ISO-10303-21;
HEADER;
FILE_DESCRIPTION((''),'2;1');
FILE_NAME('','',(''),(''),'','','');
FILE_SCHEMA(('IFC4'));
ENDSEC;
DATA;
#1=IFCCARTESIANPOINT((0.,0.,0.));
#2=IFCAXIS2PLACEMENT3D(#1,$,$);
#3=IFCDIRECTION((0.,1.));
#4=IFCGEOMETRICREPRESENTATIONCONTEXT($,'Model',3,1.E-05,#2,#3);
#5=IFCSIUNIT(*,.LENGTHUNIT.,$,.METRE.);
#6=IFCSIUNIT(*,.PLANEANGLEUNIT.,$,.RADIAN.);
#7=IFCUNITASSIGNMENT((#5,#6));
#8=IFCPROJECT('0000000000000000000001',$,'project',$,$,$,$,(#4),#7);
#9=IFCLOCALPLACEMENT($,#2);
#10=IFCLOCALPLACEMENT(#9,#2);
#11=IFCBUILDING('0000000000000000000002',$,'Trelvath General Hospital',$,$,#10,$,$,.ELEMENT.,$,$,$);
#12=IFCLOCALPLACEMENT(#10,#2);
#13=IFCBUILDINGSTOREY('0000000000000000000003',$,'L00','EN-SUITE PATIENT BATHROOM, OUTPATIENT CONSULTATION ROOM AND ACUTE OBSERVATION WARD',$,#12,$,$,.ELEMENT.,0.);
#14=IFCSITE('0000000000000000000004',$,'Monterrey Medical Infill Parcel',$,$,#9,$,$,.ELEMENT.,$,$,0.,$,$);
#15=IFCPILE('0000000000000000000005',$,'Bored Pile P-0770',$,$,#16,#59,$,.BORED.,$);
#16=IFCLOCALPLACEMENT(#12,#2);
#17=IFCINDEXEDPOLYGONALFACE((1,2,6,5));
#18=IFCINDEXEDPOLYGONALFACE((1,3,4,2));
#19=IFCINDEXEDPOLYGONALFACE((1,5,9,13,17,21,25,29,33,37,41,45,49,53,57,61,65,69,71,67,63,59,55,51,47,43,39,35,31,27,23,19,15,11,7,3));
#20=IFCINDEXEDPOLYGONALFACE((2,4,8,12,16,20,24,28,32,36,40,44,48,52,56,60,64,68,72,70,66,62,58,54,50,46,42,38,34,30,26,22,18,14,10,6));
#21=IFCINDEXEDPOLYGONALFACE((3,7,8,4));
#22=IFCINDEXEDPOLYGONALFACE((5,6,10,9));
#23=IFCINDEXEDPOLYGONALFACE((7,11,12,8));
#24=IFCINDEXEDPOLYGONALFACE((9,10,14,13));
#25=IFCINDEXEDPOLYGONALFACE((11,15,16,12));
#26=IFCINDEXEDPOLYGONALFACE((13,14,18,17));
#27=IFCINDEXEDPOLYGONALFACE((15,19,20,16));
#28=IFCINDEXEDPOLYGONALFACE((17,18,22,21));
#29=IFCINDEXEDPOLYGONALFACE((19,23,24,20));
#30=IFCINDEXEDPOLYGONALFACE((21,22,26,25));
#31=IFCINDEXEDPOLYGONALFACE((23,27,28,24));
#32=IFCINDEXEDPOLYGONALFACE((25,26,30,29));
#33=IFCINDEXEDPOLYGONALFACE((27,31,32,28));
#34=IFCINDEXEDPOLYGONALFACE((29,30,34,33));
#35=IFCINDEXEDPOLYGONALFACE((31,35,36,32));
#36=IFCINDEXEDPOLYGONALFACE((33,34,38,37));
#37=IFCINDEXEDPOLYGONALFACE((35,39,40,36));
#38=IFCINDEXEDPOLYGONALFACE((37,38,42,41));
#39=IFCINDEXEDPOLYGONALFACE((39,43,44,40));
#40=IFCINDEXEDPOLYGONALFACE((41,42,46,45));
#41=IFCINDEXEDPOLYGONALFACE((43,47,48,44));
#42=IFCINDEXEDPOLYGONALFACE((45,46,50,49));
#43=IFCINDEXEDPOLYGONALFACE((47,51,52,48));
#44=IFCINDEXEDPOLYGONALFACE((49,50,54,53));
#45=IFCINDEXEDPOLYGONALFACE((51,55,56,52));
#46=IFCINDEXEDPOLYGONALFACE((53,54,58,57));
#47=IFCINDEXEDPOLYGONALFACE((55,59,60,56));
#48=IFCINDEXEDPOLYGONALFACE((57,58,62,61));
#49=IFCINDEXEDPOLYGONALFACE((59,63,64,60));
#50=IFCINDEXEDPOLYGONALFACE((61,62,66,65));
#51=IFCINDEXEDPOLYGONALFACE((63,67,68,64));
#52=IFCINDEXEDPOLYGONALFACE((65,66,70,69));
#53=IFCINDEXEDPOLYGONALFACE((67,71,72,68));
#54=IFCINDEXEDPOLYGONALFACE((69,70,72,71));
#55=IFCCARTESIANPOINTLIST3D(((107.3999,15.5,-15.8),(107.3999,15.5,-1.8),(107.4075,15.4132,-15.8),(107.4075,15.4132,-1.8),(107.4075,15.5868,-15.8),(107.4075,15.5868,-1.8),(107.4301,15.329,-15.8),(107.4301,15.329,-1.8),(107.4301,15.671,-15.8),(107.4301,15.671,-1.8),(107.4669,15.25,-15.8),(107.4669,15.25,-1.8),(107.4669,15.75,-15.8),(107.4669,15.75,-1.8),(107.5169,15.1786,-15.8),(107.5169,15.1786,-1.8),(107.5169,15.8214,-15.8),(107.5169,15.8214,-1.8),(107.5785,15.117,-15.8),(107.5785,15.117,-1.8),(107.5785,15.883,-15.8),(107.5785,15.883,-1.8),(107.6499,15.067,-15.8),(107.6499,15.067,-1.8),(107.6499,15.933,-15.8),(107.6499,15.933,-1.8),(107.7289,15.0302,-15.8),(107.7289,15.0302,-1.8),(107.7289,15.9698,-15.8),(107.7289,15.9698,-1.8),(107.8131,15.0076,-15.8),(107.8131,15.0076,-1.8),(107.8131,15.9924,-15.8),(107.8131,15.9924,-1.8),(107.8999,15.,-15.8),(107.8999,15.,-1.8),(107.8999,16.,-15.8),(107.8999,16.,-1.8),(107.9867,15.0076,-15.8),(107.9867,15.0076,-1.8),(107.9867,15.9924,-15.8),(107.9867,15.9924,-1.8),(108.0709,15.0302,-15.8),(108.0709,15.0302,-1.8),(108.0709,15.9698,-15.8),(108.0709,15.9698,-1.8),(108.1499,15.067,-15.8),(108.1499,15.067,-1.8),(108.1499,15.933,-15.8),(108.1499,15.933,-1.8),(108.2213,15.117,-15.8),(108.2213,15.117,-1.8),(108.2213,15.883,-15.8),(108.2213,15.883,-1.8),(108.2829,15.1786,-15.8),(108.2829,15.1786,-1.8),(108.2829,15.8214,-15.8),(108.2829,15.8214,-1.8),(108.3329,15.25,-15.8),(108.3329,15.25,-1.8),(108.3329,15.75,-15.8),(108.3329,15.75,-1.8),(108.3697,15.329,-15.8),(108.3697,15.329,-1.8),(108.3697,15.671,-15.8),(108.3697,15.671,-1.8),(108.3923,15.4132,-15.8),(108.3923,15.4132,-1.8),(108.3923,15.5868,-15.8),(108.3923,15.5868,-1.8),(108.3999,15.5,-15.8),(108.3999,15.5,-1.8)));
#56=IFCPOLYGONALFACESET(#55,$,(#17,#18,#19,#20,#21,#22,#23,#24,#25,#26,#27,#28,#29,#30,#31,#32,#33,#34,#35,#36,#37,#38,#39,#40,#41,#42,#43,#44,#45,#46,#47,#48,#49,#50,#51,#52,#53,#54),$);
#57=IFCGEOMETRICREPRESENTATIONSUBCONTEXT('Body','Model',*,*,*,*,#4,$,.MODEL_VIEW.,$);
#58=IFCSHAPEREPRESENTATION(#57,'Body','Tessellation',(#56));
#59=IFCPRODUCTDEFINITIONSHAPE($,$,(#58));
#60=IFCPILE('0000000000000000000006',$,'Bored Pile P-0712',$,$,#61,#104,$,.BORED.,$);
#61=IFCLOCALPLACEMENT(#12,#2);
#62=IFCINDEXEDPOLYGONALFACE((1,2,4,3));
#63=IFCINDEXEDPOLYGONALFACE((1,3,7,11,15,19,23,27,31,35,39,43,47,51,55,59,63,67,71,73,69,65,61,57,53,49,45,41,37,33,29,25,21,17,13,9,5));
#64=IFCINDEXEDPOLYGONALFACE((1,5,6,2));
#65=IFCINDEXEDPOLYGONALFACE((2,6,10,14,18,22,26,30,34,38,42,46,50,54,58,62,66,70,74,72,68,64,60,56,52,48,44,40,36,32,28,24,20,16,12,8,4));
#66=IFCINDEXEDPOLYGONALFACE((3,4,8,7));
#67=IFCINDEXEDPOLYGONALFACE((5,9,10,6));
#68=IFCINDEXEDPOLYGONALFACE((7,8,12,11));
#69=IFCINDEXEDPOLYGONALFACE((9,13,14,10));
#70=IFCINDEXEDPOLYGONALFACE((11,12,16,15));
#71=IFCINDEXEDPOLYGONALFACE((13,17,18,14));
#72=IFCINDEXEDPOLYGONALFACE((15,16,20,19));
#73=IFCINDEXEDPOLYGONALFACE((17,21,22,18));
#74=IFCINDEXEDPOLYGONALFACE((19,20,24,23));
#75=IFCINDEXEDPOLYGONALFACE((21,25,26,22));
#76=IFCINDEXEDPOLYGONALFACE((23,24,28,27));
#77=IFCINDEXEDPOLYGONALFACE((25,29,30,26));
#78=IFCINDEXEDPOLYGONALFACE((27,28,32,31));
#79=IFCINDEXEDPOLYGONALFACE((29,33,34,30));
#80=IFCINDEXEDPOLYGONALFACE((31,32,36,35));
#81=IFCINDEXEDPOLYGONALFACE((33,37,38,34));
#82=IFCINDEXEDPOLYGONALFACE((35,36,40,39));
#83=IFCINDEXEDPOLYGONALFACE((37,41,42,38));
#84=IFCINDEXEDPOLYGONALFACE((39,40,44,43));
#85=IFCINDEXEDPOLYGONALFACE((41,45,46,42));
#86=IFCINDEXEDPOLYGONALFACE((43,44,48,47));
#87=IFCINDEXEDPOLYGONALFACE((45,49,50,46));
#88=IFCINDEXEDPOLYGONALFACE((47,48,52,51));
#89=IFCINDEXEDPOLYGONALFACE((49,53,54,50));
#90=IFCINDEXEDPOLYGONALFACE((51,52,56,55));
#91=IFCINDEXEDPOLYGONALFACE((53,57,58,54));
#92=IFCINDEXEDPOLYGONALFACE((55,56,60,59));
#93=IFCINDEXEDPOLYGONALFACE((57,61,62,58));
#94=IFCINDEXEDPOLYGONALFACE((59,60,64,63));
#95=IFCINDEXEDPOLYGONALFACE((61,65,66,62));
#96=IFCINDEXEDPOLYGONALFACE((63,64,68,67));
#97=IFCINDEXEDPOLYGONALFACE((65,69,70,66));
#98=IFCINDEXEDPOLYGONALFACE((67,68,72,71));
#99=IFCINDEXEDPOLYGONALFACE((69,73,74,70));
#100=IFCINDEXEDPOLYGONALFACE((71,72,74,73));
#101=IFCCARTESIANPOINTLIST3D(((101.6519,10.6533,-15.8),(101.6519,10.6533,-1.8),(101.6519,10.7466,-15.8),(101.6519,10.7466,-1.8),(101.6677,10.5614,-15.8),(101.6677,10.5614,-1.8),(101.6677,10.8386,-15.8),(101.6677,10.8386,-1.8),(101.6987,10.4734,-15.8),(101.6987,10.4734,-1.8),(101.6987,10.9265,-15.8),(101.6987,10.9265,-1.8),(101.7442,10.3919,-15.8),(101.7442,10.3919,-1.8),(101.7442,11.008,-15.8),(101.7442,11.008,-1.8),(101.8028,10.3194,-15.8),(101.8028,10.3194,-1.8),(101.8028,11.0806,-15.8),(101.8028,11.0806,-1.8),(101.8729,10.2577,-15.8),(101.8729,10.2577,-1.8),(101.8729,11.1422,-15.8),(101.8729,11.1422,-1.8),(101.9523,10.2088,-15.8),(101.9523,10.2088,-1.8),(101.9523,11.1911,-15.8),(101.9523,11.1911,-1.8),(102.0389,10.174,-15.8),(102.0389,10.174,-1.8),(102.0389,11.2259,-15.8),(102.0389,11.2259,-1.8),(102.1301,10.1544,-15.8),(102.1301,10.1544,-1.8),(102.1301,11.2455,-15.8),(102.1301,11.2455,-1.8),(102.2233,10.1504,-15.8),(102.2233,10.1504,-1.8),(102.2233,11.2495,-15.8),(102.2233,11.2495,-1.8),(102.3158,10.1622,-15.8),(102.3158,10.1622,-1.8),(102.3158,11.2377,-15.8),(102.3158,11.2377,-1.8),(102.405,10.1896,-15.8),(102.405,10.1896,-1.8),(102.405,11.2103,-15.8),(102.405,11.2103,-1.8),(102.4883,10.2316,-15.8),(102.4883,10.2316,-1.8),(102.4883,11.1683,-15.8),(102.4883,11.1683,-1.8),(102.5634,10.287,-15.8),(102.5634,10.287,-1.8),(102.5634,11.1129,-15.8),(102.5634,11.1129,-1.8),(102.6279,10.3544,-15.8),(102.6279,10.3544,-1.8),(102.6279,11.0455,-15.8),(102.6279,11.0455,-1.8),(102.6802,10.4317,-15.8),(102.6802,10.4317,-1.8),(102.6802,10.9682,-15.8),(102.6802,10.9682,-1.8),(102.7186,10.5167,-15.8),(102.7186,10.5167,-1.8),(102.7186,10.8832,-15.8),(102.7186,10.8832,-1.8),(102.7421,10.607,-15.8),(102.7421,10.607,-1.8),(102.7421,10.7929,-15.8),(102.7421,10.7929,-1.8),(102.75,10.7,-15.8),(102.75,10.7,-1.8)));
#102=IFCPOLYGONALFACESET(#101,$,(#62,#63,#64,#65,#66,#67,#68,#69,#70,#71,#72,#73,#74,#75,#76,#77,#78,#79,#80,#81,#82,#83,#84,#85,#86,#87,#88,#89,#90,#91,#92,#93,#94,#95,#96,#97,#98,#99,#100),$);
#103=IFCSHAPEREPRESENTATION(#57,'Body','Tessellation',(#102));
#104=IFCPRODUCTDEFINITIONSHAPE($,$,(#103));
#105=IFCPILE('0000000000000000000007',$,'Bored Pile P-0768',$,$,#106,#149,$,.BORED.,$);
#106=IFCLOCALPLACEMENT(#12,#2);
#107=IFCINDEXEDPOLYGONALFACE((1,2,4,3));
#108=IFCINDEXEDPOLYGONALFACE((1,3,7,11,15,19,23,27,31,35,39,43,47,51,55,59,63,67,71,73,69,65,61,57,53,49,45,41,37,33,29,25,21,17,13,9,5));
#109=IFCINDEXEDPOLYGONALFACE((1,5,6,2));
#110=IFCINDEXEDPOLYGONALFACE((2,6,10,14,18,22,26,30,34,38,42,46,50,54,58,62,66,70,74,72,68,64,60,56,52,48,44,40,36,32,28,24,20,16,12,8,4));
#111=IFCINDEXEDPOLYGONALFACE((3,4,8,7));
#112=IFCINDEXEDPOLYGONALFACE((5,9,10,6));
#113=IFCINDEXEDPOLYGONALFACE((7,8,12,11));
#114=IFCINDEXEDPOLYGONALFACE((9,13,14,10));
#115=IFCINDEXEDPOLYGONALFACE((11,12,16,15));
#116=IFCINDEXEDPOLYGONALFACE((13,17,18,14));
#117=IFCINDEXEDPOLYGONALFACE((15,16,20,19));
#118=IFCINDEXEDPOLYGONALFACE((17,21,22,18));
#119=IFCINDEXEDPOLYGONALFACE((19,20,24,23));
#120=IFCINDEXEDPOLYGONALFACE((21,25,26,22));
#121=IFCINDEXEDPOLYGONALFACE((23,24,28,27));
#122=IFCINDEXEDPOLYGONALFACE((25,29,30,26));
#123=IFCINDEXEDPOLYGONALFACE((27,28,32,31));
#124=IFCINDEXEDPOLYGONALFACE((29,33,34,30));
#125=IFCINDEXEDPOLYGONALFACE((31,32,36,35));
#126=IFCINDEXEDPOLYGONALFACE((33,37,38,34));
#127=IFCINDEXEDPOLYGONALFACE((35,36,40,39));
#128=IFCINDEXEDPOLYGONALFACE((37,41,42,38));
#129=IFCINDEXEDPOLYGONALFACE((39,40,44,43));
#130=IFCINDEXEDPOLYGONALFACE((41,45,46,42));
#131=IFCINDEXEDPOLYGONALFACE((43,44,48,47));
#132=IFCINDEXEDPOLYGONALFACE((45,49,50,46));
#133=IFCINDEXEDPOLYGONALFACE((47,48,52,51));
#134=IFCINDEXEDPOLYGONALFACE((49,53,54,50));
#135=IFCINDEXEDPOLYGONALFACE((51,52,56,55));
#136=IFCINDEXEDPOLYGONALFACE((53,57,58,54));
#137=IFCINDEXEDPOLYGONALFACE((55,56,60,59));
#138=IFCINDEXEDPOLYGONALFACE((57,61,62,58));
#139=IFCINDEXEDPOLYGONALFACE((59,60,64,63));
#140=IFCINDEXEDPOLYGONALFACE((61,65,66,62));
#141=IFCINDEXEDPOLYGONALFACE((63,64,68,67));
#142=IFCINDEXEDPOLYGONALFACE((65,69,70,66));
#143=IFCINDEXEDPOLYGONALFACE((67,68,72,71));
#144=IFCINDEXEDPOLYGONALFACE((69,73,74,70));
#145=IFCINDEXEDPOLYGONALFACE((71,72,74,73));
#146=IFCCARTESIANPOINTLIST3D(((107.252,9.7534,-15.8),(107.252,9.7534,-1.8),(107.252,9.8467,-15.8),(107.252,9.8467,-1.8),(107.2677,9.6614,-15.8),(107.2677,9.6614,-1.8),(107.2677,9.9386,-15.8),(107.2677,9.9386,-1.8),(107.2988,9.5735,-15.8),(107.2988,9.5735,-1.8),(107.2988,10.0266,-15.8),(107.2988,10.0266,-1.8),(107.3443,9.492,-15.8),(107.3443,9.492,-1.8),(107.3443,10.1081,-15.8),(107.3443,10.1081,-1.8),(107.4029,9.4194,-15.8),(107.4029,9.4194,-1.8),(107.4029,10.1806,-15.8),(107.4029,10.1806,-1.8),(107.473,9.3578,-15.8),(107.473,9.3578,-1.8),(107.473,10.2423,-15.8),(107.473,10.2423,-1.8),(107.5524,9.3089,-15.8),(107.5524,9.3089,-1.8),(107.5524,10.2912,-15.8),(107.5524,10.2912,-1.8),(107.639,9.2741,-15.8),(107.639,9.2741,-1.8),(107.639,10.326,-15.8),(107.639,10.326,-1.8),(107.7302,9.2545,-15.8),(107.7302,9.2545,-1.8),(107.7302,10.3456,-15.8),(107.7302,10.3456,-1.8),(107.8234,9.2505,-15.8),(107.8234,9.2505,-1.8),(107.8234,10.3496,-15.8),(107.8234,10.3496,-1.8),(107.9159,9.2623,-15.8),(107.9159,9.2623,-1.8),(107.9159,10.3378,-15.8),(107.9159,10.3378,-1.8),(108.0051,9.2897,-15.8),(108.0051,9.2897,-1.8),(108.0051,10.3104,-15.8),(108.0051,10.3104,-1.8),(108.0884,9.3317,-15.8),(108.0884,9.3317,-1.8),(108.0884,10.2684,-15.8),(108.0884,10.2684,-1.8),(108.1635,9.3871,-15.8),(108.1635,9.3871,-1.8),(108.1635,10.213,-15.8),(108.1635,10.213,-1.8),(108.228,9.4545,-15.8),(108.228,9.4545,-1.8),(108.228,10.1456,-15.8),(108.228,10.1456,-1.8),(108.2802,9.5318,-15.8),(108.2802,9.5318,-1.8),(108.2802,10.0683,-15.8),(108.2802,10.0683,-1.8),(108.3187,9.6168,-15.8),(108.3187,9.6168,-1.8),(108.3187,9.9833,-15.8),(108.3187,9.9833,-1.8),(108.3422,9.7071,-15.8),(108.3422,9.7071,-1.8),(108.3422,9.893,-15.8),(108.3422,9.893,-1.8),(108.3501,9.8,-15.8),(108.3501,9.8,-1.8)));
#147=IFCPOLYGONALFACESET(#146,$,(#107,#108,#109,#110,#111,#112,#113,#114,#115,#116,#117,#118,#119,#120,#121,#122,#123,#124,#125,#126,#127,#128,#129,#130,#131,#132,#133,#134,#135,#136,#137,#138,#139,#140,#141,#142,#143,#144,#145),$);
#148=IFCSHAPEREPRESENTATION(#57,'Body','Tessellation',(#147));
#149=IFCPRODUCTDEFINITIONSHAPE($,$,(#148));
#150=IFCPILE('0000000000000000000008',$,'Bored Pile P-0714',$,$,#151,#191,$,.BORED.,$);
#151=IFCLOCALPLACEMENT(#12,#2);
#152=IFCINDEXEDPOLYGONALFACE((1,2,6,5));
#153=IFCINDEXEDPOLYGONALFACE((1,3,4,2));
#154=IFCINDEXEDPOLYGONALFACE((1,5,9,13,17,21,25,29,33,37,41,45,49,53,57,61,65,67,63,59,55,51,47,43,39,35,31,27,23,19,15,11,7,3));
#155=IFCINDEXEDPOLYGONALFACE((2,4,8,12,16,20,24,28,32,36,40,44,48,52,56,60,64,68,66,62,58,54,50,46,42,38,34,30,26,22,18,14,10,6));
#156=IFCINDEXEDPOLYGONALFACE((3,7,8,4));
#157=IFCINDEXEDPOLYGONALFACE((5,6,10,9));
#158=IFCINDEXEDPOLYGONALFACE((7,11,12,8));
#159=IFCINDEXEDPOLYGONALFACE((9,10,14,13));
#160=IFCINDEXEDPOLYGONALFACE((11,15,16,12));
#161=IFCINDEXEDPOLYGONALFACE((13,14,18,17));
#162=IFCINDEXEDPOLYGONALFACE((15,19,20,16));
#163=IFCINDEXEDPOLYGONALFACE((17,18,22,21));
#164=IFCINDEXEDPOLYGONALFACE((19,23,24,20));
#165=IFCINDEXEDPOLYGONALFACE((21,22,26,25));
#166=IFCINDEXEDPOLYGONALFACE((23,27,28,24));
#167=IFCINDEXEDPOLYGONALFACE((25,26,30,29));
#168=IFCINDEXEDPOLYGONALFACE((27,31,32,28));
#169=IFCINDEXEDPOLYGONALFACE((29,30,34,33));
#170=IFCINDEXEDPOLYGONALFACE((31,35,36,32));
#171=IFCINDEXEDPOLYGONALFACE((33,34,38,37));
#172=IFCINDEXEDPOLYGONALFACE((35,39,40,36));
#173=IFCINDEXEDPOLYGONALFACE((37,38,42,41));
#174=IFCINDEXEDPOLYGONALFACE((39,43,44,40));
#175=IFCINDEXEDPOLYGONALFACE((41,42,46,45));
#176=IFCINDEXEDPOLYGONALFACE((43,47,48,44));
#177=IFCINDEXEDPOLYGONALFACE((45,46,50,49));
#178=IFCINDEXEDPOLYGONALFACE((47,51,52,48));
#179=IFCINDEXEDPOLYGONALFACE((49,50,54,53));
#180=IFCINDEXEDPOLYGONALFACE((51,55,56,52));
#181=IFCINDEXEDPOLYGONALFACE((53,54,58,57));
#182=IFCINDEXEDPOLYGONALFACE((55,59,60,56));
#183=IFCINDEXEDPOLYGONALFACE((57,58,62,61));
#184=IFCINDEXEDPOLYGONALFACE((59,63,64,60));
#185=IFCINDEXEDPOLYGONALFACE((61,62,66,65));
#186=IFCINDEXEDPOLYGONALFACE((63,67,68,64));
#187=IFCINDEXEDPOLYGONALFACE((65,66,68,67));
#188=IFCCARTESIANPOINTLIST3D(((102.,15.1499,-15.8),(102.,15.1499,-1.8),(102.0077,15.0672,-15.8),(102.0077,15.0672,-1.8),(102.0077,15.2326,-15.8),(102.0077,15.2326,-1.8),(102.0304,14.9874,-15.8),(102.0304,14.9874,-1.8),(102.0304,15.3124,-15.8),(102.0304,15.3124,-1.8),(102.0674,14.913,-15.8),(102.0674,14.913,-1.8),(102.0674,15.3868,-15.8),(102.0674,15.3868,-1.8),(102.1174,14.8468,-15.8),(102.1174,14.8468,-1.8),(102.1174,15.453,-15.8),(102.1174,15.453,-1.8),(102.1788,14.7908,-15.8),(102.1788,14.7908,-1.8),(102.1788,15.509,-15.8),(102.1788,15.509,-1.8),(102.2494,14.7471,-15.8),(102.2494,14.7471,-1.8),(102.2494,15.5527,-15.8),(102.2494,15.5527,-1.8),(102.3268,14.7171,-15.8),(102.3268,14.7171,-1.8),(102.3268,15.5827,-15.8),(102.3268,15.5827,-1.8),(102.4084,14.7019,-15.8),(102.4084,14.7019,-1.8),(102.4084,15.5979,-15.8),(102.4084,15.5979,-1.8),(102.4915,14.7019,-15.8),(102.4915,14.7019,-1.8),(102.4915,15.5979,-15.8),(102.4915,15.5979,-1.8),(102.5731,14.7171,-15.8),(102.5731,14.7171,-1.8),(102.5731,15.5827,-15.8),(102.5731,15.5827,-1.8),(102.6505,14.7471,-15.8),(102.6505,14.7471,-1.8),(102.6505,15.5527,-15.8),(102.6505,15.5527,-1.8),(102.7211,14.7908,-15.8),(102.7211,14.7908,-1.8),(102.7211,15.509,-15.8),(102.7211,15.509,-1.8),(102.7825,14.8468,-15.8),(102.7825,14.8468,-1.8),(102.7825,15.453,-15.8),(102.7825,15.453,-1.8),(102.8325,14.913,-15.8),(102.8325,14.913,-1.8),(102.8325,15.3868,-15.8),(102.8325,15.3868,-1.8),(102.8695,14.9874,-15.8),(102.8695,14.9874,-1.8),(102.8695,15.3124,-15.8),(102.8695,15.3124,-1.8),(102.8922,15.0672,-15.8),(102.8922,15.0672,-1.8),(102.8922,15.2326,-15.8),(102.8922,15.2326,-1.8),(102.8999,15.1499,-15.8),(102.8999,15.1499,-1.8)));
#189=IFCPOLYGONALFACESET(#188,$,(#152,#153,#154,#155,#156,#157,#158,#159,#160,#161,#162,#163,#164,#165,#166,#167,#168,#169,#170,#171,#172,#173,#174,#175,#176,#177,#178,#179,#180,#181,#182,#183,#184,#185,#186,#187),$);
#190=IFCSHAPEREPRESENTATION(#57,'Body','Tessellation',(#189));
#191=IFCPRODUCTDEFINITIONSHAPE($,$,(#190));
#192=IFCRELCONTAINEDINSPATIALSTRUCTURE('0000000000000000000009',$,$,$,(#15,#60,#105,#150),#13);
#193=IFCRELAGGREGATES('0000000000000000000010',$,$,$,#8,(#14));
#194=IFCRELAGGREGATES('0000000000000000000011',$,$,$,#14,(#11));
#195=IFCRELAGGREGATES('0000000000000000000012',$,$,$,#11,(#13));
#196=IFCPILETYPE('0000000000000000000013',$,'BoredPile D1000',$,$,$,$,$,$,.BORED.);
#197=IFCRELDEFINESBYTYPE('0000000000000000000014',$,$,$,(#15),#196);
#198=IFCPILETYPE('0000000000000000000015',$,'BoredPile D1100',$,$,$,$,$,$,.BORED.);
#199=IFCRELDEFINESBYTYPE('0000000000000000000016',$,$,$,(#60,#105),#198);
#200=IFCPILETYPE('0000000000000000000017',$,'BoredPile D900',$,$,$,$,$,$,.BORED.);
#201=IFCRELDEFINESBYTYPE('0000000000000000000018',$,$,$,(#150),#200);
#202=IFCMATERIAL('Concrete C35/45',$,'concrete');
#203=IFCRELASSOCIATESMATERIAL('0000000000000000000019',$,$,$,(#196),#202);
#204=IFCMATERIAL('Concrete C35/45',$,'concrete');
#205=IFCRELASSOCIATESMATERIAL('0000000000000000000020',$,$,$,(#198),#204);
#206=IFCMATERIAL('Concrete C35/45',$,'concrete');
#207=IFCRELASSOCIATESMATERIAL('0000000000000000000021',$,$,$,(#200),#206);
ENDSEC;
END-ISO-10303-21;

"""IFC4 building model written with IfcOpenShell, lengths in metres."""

from ifc_helpers import new_model, si_unit, direction, frame, origin, origin_2d, place, context, subcontext, project, spatial, circle, extrude, material, material_profile, profile_set, type_object, element, save


model = new_model("IFC4")

# Units and contexts
model_context = context("Model", 3, precision=1e-05, world=origin(), true_north=direction((0.0, 1.0)))
body_context = subcontext(model_context, "Body", "Model", "MODEL_VIEW")
ifc_project = project(units=[si_unit("LENGTHUNIT", "METRE"), si_unit("PLANEANGLEUNIT", "RADIAN")], contexts=[model_context])

# Site, building, storey
site_placement = place(None, origin())
site = spatial("IfcSite", under=ifc_project, at=site_placement, Name="Monterrey Medical Infill Parcel", CompositionType="ELEMENT", RefElevation=0.0)
building_placement = place(site_placement, origin())
building = spatial("IfcBuilding", under=site, at=building_placement, Name="Trelvath General Hospital", CompositionType="ELEMENT")
storey_placement = place(building_placement, origin())
storey = spatial("IfcBuildingStorey", under=building, at=storey_placement, Name="L00", Description="EN-SUITE PATIENT BATHROOM, OUTPATIENT CONSULTATION ROOM AND ACUTE OBSERVATION WARD", CompositionType="ELEMENT", Elevation=0.0)

# Piles
ifc_material_1 = material(Name="Concrete C35/45", Category="concrete")
ifc_material_profile_1 = material_profile(ifc_material_1, circle(Radius=0.5, at=origin_2d()), Name="PILE1000")
ifc_profile_set_1 = profile_set([ifc_material_profile_1], Name="Concrete C35/45")
pile_type_1 = type_object("IfcPileType", Name="BoredPile D1000", PredefinedType="BORED", material=ifc_profile_set_1)
pile_1_placement = place(storey_placement, frame((107.8999, 15.5, -1.8), z_axis=(0.0, 0.0, -1.0), x_axis=(1.0, 0.0, 0.0)))
element("IfcPile", 1, at=pile_1_placement, inside=storey, type_object=pile_type_1, Name="Bored Pile P-0770", PredefinedType="BORED", context=body_context, shape_type="SweptSolid", body=[
    extrude(circle(Radius=0.5, at=origin_2d()), origin(), (0.0, 0.0, 1.0), 14.0),
])
ifc_material_2 = material(Name="Concrete C35/45", Category="concrete")
ifc_material_profile_2 = material_profile(ifc_material_2, circle(Radius=0.55, at=origin_2d()), Name="PILE1100")
ifc_profile_set_2 = profile_set([ifc_material_profile_2], Name="Concrete C35/45")
pile_type_2 = type_object("IfcPileType", Name="BoredPile D1100", PredefinedType="BORED", material=ifc_profile_set_2)
for number, where, z_axis, x_axis, name in (
    (2, (102.2, 10.7, -1.8), (0.0, 0.0, -1.0), (1.0, 0.0, 0.0), "Bored Pile P-0712"),
    (3, (107.8, 9.8, -1.8), (0.0, 0.0, -1.0), (1.0, 0.0, 0.0), "Bored Pile P-0768"),
):
    element("IfcPile", number, at=place(storey_placement, frame(where, z_axis=z_axis, x_axis=x_axis)), inside=storey, type_object=pile_type_2, Name=name, PredefinedType="BORED", context=body_context, shape_type="SweptSolid", body=[
        extrude(circle(Radius=0.55, at=origin_2d()), origin(), (0.0, 0.0, 1.0), 14.0),
    ])
ifc_material_3 = material(Name="Concrete C35/45", Category="concrete")
ifc_material_profile_3 = material_profile(ifc_material_3, circle(Radius=0.45, at=origin_2d()), Name="PILE900")
ifc_profile_set_3 = profile_set([ifc_material_profile_3], Name="Concrete C35/45")
pile_type_3 = type_object("IfcPileType", Name="BoredPile D900", PredefinedType="BORED", material=ifc_profile_set_3)
pile_2_placement = place(storey_placement, frame((102.45, 15.1499, -1.8), z_axis=(0.0, 0.0, -1.0), x_axis=(1.0, 0.0, 0.0)))
element("IfcPile", 4, at=pile_2_placement, inside=storey, type_object=pile_type_3, Name="Bored Pile P-0714", PredefinedType="BORED", context=body_context, shape_type="SweptSolid", body=[
    extrude(circle(Radius=0.45, at=origin_2d()), origin(), (0.0, 0.0, 1.0), 14.0),
])

save(model, "model.ifc")
